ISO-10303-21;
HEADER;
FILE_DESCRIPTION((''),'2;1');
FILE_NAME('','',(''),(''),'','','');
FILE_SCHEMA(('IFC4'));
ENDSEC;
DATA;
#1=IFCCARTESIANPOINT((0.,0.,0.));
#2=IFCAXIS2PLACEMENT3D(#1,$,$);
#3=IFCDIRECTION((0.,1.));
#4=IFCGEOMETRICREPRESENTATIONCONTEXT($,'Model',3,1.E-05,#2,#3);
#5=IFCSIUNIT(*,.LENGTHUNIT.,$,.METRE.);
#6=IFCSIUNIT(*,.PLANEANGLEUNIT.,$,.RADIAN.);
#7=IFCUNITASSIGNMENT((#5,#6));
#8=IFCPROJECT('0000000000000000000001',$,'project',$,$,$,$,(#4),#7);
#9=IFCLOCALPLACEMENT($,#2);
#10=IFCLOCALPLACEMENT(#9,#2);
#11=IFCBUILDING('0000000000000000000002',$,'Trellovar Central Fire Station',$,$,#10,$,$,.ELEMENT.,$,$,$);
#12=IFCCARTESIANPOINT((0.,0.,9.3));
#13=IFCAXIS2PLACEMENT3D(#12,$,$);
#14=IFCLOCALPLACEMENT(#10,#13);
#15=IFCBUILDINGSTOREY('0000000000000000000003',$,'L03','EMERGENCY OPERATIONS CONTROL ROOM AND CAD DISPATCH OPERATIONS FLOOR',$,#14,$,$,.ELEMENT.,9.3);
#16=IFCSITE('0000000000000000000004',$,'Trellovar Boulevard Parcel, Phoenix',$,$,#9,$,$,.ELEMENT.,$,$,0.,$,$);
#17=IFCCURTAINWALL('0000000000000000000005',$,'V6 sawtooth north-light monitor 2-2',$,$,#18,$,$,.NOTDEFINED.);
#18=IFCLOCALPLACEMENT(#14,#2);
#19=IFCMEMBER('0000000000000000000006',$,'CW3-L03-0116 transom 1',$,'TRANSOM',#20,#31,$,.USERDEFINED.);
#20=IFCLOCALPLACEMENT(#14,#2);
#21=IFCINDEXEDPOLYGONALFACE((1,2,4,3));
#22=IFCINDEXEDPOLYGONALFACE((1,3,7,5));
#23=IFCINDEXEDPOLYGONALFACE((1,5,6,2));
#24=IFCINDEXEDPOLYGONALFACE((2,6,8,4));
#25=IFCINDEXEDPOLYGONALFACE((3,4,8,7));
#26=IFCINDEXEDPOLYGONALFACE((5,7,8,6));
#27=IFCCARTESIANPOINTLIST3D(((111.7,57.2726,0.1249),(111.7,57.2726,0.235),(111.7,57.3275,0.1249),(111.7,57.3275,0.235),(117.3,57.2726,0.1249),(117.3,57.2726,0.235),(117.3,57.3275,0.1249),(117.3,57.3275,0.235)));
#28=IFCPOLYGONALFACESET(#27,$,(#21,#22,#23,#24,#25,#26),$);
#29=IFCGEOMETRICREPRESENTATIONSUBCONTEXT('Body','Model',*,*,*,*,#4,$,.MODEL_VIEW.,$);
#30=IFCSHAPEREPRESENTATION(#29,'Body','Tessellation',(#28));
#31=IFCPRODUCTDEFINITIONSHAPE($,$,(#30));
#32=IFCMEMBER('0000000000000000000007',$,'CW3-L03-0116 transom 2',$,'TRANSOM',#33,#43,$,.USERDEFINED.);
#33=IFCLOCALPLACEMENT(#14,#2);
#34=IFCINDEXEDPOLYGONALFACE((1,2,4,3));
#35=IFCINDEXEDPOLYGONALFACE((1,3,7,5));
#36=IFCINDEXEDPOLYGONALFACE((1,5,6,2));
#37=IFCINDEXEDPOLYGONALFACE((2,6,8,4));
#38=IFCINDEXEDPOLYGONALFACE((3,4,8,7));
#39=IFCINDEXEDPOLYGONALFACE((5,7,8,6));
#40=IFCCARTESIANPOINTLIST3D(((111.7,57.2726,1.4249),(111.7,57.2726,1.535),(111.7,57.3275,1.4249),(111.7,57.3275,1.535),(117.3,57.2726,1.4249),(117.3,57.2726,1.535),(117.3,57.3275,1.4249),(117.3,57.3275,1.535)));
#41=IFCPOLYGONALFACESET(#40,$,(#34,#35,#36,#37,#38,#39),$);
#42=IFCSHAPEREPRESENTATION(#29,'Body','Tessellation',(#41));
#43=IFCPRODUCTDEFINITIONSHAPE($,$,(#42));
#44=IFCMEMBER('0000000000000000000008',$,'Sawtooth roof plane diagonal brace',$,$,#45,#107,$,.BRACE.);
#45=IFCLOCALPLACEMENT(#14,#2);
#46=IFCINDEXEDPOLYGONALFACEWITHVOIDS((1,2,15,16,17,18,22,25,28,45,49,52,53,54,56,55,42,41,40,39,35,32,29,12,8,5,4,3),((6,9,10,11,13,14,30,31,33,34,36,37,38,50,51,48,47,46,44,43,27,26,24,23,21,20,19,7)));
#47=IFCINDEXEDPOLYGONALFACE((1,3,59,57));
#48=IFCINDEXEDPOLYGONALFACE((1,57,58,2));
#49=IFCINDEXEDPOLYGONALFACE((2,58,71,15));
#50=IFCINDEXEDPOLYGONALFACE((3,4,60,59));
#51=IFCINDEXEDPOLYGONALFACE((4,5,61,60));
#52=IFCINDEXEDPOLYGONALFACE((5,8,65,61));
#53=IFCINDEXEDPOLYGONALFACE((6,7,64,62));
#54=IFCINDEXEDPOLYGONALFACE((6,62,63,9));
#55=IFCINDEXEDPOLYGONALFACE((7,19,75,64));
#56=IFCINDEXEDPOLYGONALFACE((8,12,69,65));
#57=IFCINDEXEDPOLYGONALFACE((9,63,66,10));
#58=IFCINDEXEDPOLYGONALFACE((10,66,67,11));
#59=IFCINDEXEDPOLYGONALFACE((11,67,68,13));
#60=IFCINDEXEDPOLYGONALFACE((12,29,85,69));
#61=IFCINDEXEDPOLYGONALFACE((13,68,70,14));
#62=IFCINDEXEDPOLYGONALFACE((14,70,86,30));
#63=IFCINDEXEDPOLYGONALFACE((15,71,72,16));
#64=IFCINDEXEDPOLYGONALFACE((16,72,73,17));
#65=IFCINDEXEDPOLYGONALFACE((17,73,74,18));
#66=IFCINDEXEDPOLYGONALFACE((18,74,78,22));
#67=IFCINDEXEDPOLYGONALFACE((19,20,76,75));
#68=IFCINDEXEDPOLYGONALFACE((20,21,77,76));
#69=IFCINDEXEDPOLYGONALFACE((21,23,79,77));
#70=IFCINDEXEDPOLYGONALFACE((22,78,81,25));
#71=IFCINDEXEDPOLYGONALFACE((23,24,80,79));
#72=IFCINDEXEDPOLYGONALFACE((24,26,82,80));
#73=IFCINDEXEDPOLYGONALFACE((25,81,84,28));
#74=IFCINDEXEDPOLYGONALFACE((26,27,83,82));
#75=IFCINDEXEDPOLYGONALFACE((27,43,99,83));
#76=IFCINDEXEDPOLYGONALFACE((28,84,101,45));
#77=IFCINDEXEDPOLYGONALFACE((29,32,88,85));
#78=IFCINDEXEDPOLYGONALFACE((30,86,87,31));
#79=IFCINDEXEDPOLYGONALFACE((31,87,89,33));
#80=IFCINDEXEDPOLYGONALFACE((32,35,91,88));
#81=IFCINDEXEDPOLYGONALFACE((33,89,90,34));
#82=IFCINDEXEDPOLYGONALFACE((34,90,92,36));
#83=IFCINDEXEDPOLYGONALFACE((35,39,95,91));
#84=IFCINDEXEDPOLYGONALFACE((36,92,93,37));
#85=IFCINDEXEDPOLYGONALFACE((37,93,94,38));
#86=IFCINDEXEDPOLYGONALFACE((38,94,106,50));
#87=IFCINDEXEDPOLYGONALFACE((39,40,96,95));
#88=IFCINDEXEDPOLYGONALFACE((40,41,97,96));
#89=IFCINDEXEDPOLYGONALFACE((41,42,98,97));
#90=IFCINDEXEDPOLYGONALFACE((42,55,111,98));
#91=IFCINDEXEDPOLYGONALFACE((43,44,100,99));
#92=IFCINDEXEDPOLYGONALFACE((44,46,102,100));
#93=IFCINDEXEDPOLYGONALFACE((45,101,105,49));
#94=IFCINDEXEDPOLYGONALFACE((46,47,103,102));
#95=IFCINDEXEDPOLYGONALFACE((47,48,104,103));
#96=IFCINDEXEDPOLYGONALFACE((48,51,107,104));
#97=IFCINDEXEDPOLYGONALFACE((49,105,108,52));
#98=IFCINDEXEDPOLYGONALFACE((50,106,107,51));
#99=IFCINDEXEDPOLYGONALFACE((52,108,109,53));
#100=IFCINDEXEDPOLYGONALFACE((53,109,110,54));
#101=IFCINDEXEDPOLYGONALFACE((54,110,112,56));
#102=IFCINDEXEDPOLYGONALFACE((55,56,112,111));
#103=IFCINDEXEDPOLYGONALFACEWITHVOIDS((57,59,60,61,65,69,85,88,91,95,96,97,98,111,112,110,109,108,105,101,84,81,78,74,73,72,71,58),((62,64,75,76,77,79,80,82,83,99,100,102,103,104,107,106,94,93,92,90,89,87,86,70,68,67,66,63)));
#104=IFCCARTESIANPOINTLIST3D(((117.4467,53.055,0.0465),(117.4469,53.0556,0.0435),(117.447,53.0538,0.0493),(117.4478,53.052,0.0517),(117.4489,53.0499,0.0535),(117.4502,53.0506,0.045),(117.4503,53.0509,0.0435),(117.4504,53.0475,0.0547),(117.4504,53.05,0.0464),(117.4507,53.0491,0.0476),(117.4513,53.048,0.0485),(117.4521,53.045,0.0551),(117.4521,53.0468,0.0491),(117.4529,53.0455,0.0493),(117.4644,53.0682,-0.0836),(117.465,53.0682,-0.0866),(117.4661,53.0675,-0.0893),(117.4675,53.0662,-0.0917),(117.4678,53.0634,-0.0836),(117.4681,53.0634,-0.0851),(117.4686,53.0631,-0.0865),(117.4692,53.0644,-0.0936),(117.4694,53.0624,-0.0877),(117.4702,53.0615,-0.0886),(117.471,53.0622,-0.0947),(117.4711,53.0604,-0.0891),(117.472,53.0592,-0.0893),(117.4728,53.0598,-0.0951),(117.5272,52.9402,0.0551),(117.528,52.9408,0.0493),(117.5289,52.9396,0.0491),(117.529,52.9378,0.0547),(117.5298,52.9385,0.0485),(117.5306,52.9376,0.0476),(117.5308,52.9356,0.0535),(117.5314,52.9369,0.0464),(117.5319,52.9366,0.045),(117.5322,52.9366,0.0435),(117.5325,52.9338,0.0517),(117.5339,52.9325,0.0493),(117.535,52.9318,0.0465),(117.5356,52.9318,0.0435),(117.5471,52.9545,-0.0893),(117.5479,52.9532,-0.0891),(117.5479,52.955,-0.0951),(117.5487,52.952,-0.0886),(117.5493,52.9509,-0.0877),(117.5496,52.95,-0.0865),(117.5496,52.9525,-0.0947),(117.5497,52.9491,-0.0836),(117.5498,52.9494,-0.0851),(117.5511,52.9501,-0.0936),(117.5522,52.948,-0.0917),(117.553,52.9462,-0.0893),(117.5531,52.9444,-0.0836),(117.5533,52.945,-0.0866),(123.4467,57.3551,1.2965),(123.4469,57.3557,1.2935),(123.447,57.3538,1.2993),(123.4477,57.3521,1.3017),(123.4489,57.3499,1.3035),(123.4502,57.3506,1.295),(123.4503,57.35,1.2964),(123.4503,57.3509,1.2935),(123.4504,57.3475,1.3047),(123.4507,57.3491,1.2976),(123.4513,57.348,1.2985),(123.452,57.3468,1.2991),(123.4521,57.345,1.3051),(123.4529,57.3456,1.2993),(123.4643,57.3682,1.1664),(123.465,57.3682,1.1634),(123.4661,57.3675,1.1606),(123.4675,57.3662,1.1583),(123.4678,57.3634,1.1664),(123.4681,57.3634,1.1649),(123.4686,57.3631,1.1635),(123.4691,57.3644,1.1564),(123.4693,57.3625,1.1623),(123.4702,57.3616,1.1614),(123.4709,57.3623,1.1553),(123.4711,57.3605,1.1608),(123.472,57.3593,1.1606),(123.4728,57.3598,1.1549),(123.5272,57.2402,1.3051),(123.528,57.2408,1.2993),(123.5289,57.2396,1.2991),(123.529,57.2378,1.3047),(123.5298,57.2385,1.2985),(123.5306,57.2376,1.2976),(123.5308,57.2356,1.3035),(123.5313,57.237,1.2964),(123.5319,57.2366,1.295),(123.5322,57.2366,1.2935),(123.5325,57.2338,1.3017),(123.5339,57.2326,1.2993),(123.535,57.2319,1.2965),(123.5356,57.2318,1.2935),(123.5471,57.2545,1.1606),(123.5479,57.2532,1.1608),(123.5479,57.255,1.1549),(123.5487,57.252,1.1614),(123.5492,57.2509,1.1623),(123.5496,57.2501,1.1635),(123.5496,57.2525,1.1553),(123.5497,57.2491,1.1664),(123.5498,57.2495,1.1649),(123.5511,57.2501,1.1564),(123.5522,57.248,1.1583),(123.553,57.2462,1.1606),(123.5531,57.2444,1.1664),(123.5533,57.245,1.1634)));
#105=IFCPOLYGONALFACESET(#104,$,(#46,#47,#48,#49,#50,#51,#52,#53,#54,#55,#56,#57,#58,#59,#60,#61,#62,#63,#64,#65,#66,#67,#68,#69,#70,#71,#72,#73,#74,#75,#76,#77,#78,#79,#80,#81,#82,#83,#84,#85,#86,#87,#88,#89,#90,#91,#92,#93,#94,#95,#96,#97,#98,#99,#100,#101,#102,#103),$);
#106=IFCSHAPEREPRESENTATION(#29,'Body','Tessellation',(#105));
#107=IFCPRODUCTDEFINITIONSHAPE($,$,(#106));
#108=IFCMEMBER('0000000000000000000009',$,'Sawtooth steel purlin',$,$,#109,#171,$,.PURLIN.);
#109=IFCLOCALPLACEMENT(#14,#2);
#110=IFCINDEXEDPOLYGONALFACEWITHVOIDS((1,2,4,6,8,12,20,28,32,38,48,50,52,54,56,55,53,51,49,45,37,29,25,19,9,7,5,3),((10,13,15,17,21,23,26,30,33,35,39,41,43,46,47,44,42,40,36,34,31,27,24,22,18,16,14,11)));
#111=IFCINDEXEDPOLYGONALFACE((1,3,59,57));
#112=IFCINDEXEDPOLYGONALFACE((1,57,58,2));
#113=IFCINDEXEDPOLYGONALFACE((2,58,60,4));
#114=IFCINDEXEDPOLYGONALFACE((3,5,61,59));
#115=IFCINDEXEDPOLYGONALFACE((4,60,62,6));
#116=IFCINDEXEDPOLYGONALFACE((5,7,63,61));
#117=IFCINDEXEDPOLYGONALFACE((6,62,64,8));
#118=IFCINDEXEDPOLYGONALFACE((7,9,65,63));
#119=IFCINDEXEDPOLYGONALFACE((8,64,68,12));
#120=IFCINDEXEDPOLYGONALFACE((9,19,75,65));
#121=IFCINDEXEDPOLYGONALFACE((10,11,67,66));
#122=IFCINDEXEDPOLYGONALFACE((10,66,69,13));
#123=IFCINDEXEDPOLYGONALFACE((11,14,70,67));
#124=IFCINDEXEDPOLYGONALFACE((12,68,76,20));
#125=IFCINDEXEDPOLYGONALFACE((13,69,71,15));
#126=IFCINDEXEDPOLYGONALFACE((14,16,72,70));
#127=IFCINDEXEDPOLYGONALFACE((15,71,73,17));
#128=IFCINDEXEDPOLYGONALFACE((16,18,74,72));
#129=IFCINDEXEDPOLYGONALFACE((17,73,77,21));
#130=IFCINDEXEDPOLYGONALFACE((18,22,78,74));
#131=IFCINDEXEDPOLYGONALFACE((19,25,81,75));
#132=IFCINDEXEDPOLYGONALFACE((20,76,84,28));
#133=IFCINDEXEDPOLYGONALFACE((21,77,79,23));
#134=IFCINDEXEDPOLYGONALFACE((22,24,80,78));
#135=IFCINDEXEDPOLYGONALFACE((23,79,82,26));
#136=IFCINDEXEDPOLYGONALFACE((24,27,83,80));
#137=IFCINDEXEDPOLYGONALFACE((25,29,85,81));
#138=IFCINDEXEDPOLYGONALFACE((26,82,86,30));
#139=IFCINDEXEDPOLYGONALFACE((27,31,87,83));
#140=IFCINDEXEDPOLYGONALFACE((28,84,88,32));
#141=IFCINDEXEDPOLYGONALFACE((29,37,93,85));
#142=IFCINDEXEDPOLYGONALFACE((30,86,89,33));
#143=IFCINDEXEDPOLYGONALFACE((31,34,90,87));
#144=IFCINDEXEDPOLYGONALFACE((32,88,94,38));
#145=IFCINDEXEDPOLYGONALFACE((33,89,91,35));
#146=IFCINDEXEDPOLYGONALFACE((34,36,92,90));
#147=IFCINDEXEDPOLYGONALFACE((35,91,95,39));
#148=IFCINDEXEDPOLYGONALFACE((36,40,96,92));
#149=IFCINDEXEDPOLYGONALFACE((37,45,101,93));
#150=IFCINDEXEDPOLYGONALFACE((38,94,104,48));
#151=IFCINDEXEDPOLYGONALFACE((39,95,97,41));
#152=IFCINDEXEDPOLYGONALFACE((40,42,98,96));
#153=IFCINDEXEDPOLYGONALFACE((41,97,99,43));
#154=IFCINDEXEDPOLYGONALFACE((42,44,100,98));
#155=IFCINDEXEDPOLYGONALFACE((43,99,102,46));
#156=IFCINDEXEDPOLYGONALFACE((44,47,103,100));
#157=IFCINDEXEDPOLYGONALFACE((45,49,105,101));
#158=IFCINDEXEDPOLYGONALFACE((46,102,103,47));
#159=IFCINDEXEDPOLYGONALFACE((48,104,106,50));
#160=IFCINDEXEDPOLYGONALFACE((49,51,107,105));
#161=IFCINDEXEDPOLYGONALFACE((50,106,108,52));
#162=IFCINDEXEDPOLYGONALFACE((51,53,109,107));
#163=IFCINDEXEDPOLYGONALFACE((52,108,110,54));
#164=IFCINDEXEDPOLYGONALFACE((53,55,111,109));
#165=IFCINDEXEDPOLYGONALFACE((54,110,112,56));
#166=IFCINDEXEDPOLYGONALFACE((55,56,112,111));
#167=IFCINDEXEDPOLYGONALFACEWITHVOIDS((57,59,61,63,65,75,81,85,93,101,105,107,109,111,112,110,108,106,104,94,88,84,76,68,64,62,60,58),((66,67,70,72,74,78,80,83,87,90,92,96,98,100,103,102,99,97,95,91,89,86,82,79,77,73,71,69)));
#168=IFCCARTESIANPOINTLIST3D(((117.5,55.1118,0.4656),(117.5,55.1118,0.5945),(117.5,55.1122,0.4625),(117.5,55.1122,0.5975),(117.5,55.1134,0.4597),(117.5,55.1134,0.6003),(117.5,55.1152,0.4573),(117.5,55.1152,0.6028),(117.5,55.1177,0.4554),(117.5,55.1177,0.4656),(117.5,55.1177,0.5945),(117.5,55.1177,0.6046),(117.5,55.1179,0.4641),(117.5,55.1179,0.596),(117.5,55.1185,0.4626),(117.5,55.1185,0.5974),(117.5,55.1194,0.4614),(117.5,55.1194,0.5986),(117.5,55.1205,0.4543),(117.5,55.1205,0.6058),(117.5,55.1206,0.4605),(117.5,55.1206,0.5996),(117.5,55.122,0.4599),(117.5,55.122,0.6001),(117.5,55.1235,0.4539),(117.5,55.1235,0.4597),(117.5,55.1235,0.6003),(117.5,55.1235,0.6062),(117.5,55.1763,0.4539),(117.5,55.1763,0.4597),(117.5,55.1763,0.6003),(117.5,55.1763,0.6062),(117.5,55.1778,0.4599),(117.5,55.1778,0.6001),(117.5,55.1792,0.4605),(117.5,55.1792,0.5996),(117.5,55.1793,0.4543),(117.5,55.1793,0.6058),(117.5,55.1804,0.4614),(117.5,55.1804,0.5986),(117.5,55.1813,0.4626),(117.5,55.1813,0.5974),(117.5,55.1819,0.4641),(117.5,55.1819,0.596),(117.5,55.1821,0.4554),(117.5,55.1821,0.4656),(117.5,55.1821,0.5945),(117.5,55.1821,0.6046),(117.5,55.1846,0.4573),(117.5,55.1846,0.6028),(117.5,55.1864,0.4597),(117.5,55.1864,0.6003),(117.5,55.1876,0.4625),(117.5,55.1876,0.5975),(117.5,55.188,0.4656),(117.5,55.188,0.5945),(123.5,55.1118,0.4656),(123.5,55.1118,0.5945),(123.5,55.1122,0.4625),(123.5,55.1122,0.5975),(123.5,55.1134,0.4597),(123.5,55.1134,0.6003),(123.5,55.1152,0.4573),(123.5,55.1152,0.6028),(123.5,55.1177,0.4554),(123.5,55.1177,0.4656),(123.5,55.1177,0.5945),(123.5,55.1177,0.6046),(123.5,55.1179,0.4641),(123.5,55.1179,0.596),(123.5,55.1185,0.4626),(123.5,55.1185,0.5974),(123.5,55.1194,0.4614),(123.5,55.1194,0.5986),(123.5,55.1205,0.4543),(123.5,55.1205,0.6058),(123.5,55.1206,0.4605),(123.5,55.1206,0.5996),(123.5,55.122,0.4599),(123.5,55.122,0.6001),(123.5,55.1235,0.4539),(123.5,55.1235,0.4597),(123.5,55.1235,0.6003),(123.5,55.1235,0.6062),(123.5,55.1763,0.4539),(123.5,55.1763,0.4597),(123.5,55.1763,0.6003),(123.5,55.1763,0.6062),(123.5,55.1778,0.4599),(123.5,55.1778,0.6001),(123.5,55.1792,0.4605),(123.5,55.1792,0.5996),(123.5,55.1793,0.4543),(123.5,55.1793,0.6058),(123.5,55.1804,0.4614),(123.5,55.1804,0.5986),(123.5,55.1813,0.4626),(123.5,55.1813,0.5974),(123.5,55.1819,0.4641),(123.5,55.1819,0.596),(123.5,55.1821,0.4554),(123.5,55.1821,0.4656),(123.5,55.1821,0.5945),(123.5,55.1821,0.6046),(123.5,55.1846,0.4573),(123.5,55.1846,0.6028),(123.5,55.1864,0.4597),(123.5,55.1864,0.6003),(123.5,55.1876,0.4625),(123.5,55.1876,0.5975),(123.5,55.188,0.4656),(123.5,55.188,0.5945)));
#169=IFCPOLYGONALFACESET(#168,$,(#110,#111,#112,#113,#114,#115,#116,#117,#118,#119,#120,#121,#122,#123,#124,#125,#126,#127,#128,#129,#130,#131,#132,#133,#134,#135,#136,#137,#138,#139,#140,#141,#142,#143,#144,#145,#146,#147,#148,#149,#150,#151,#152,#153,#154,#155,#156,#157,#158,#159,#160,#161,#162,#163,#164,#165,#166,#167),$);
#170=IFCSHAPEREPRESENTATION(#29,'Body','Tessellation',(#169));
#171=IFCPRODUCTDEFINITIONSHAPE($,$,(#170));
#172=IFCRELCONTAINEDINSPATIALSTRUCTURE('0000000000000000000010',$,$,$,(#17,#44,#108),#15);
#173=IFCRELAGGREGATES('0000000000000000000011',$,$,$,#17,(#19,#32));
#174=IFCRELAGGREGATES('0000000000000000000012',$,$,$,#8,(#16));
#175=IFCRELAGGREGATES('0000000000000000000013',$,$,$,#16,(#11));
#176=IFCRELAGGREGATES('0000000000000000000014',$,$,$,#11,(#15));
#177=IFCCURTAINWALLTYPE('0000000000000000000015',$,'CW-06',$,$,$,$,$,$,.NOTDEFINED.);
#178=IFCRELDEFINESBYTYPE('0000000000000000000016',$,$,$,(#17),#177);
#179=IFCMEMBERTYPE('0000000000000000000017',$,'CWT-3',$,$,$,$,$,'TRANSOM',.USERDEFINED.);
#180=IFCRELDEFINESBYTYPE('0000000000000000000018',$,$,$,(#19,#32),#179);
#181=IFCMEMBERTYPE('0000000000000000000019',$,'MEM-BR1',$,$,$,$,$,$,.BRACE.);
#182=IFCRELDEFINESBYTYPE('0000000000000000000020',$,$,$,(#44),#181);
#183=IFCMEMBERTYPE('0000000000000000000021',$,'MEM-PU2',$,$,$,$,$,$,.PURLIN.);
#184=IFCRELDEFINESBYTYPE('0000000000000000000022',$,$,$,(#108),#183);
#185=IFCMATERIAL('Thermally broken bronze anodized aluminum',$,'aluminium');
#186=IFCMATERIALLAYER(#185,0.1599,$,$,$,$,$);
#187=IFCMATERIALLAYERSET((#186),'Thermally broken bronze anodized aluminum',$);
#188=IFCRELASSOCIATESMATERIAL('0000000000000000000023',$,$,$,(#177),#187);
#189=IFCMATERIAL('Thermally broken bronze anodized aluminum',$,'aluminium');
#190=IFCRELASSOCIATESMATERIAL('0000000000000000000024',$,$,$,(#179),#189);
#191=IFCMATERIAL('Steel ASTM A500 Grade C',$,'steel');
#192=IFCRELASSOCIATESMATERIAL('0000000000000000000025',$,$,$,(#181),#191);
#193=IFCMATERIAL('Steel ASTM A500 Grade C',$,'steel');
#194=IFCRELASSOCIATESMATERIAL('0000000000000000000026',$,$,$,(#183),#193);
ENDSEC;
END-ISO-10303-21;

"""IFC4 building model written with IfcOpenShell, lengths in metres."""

from ifc_helpers import new_model, si_unit, direction, frame, origin, origin_2d, place, context, subcontext, project, spatial, rectangle, hollow_rectangle, extrude, material, layer, layer_set, material_profile, profile_set, type_object, element, aggregate, save


model = new_model("IFC4")

# Units and contexts
model_context = context("Model", 3, precision=1e-05, world=origin(), true_north=direction((0.0, 1.0)))
body_context = subcontext(model_context, "Body", "Model", "MODEL_VIEW")
ifc_project = project(units=[si_unit("LENGTHUNIT", "METRE"), si_unit("PLANEANGLEUNIT", "RADIAN")], contexts=[model_context])

# Site, building, storey
site_placement = place(None, origin())
site = spatial("IfcSite", under=ifc_project, at=site_placement, Name="Trellovar Boulevard Parcel, Phoenix", CompositionType="ELEMENT", RefElevation=0.0)
building_placement = place(site_placement, origin())
building = spatial("IfcBuilding", under=site, at=building_placement, Name="Trellovar Central Fire Station", CompositionType="ELEMENT")
storey_placement = place(building_placement, frame((0.0, 0.0, 9.3)))
storey = spatial("IfcBuildingStorey", under=building, at=storey_placement, Name="L03", Description="EMERGENCY OPERATIONS CONTROL ROOM AND CAD DISPATCH OPERATIONS FLOOR", CompositionType="ELEMENT", Elevation=9.3)

# Curtain wall
ifc_material_1 = material(Name="Thermally broken bronze anodized aluminum", Category="aluminium")
ifc_layer_1 = layer(ifc_material_1, 0.1599)
ifc_layer_set_1 = layer_set([ifc_layer_1], Name="Thermally broken bronze anodized aluminum")
curtain_wall_type = type_object("IfcCurtainWallType", Name="CW-06", PredefinedType="NOTDEFINED", material=ifc_layer_set_1)
curtain_wall_1_placement = place(storey_placement, origin())
curtain_wall_1 = element("IfcCurtainWall", 1, at=curtain_wall_1_placement, inside=storey, type_object=curtain_wall_type, Name="V6 sawtooth north-light monitor 2-2", PredefinedType="NOTDEFINED")

# Members
ifc_material_2 = material(Name="Thermally broken bronze anodized aluminum", Category="aluminium")
ifc_material_profile_1 = material_profile(ifc_material_2, rectangle(XDim=0.0549, YDim=0.1101, at=origin_2d()), Name="ALU55X110")
ifc_profile_set_1 = profile_set([ifc_material_profile_1], Name="Thermally broken bronze anodized aluminum")
member_type_1 = type_object("IfcMemberType", Name="CWT-3", ElementType="TRANSOM", PredefinedType="USERDEFINED", material=ifc_profile_set_1)
member_1_placement = place(storey_placement, frame((117.3, 57.3, 0.1799), z_axis=(-1.0, 0.0, 0.0), x_axis=(0.0, -1.0, 0.0)))
member_1 = element("IfcMember", 2, at=member_1_placement, type_object=member_type_1, Name="CW3-L03-0116 transom 1", ObjectType="TRANSOM", PredefinedType="USERDEFINED", context=body_context, shape_type="SweptSolid", body=[
    extrude(rectangle(XDim=0.0549, YDim=0.1101, at=origin_2d()), origin(), (0.0, 0.0, 1.0), 5.6001),
])
member_2_placement = place(storey_placement, frame((117.3, 57.3, 1.48), z_axis=(-1.0, 0.0, 0.0), x_axis=(0.0, -1.0, 0.0)))
member_2 = element("IfcMember", 3, at=member_2_placement, type_object=member_type_1, Name="CW3-L03-0116 transom 2", ObjectType="TRANSOM", PredefinedType="USERDEFINED", context=body_context, shape_type="SweptSolid", body=[
    extrude(rectangle(XDim=0.0549, YDim=0.1101, at=origin_2d()), origin(), (0.0, 0.0, 1.0), 5.6001),
])

# Members
ifc_material_3 = material(Name="Steel ASTM A500 Grade C", Category="steel")
ifc_material_profile_2 = material_profile(ifc_material_3, hollow_rectangle(XDim=0.1523, YDim=0.1523, WallThickness=0.0059, InnerFilletRadius=0.0059, OuterFilletRadius=0.0117, at=origin_2d()), Name="HSS6X6X1/4")
ifc_profile_set_2 = profile_set([ifc_material_profile_2], Name="Steel ASTM A500 Grade C")
member_type_2 = type_object("IfcMemberType", Name="MEM-BR1", PredefinedType="BRACE", material=ifc_profile_set_2)
member_3_placement = place(storey_placement, frame((117.5, 53.0, -0.02), z_axis=(0.801405, 0.574347, 0.166959), x_axis=(-0.582523, 0.812814, 0.0)))
element("IfcMember", 4, at=member_3_placement, inside=storey, type_object=member_type_2, Name="Sawtooth roof plane diagonal brace", PredefinedType="BRACE", context=body_context, shape_type="SweptSolid", body=[
    extrude(hollow_rectangle(XDim=0.1523, YDim=0.1523, WallThickness=0.0059, InnerFilletRadius=0.0059, OuterFilletRadius=0.0117, at=origin_2d()), origin(), (0.0, 0.0, 1.0), 7.4868),
])
ifc_material_4 = material(Name="Steel ASTM A500 Grade C", Category="steel")
ifc_material_profile_3 = material_profile(ifc_material_4, hollow_rectangle(XDim=0.0762, YDim=0.1523, WallThickness=0.0059, InnerFilletRadius=0.0059, OuterFilletRadius=0.0117, at=origin_2d()), Name="HSS6X3X1/4")
ifc_profile_set_3 = profile_set([ifc_material_profile_3], Name="Steel ASTM A500 Grade C")
member_type_3 = type_object("IfcMemberType", Name="MEM-PU2", PredefinedType="PURLIN", material=ifc_profile_set_3)
member_4_placement = place(storey_placement, frame((117.5, 55.1499, 0.53), z_axis=(1.0, 0.0, 0.0), x_axis=(0.0, 1.0, 0.0)))
element("IfcMember", 5, at=member_4_placement, inside=storey, type_object=member_type_3, Name="Sawtooth steel purlin", PredefinedType="PURLIN", context=body_context, shape_type="SweptSolid", body=[
    extrude(hollow_rectangle(XDim=0.0762, YDim=0.1523, WallThickness=0.0059, InnerFilletRadius=0.0059, OuterFilletRadius=0.0117, at=origin_2d()), origin(), (0.0, 0.0, 1.0), 6.0),
])

aggregate(curtain_wall_1, [member_1, member_2])

save(model, "model.ifc")
